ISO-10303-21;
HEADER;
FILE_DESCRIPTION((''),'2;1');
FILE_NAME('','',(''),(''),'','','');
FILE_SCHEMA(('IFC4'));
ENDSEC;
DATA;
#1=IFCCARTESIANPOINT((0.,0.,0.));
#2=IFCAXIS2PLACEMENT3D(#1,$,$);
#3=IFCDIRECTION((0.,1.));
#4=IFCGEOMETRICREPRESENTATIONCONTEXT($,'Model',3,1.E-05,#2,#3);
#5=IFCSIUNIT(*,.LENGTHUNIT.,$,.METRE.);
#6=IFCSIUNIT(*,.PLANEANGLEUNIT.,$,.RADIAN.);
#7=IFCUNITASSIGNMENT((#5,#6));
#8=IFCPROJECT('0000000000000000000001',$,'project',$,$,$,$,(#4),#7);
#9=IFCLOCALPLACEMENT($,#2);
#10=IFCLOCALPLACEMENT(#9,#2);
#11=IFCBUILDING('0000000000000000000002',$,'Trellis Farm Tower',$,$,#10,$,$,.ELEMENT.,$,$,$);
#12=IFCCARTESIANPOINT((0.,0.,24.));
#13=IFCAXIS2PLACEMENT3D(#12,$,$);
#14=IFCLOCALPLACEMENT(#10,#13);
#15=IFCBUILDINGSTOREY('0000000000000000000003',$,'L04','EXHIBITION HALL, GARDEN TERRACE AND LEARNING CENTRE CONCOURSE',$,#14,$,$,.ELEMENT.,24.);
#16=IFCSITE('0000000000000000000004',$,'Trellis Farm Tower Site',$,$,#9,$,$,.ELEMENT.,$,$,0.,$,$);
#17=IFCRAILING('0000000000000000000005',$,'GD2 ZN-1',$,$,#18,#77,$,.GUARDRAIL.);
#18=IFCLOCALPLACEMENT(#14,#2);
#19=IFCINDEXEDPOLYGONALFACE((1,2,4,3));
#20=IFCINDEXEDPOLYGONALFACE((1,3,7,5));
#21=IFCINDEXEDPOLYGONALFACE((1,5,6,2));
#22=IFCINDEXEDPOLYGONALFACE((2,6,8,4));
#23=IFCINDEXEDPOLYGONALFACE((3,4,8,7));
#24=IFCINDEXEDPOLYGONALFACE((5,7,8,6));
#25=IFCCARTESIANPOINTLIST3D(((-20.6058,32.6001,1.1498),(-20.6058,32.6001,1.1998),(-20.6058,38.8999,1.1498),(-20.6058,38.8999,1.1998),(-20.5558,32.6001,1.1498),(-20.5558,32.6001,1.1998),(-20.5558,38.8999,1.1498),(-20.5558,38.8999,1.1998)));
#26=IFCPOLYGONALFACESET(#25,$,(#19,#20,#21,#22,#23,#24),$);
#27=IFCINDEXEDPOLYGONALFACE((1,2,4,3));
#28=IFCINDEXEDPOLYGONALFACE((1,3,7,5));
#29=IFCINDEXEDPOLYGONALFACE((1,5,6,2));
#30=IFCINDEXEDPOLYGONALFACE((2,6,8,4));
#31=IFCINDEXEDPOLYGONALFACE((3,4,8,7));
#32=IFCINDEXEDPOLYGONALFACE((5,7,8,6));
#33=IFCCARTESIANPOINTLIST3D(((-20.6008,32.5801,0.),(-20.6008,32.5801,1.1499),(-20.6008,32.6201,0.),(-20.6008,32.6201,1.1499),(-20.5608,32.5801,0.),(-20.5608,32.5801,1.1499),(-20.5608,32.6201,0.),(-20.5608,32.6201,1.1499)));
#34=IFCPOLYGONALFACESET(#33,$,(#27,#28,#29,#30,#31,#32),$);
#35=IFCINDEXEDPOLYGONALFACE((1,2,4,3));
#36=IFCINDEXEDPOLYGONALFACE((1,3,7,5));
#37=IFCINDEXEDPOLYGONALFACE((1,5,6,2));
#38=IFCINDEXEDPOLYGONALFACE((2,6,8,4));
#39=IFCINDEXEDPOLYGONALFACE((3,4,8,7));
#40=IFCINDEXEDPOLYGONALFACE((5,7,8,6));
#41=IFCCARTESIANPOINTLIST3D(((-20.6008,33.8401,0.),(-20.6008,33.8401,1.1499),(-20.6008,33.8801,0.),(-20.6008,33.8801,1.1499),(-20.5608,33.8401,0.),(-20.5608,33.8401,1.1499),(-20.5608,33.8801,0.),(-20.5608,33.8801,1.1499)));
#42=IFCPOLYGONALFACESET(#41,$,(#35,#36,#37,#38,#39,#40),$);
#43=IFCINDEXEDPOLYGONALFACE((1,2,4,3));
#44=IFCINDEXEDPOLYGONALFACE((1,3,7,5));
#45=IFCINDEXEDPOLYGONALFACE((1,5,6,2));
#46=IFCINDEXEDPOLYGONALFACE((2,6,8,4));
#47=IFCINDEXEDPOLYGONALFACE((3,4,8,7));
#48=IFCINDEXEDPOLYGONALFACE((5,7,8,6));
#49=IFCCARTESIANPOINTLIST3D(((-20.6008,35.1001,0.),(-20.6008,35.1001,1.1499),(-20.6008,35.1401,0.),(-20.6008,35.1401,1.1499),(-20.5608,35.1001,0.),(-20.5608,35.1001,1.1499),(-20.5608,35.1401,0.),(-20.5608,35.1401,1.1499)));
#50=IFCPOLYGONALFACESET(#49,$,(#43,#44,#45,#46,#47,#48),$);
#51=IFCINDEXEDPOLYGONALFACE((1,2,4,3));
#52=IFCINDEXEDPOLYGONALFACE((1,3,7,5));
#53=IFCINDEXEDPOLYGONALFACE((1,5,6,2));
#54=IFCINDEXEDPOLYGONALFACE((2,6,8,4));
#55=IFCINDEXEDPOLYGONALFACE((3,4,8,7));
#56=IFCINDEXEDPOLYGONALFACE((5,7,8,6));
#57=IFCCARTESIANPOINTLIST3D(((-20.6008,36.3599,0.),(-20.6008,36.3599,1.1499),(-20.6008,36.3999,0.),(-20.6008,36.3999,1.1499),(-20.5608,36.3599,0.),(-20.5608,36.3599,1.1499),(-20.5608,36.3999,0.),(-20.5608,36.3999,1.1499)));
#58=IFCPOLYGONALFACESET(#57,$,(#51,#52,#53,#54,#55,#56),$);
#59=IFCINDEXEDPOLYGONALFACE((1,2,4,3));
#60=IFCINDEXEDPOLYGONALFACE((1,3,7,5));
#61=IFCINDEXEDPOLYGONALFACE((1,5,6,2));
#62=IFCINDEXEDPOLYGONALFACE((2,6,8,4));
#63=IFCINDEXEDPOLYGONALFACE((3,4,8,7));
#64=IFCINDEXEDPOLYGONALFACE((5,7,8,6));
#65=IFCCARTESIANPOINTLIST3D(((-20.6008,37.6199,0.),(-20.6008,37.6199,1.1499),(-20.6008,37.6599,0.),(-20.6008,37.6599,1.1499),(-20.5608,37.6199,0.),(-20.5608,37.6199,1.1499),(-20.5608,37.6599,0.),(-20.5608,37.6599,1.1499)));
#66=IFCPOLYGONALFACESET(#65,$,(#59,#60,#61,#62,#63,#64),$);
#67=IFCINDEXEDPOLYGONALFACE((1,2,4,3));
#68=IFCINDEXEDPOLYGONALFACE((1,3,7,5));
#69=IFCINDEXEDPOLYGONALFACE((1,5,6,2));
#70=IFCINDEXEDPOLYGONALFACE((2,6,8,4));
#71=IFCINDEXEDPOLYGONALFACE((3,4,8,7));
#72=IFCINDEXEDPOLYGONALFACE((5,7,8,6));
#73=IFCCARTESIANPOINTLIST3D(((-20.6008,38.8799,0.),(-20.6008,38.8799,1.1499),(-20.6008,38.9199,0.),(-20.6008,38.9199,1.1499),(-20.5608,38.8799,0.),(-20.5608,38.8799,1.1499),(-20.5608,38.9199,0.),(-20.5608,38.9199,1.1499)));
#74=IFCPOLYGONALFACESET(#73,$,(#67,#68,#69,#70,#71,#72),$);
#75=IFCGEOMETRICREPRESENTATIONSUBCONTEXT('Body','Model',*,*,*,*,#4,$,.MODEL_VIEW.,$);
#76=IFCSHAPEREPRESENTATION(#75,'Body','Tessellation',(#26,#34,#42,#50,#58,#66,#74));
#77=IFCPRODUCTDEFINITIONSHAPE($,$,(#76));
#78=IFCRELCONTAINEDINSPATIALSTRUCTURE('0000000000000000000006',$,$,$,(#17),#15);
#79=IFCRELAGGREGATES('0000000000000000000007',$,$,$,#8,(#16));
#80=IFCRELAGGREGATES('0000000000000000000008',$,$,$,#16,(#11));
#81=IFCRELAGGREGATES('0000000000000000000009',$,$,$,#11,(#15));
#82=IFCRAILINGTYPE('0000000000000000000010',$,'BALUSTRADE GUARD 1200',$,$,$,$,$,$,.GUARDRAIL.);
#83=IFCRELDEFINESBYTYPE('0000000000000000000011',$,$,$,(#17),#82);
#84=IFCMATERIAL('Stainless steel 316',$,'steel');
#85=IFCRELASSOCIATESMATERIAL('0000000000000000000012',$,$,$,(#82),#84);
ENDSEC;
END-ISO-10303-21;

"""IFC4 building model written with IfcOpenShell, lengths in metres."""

from ifc_helpers import new_model, si_unit, direction, frame, origin, origin_2d, place, context, subcontext, project, spatial, rectangle, extrude, source, transform, mapped, material, type_object, element, save


model = new_model("IFC4")

# Units and contexts
model_context = context("Model", 3, precision=1e-05, world=origin(), true_north=direction((0.0, 1.0)))
body_context = subcontext(model_context, "Body", "Model", "MODEL_VIEW")
ifc_project = project(units=[si_unit("LENGTHUNIT", "METRE"), si_unit("PLANEANGLEUNIT", "RADIAN")], contexts=[model_context])

# Site, building, storey
site_placement = place(None, origin())
site = spatial("IfcSite", under=ifc_project, at=site_placement, Name="Trellis Farm Tower Site", CompositionType="ELEMENT", RefElevation=0.0)
building_placement = place(site_placement, origin())
building = spatial("IfcBuilding", under=site, at=building_placement, Name="Trellis Farm Tower", CompositionType="ELEMENT")
storey_placement = place(building_placement, frame((0.0, 0.0, 24.0)))
storey = spatial("IfcBuildingStorey", under=building, at=storey_placement, Name="L04", Description="EXHIBITION HALL, GARDEN TERRACE AND LEARNING CENTRE CONCOURSE", CompositionType="ELEMENT", Elevation=24.0)

# Railing
ifc_material_1 = material(Name="Stainless steel 316", Category="steel")
railing_type_1 = type_object("IfcRailingType", Name="BALUSTRADE GUARD 1200", PredefinedType="GUARDRAIL", material=ifc_material_1)
shared_shape_1 = source(origin(), body_context, "Body", "SweptSolid", [
    extrude(rectangle(XDim=0.05, YDim=0.05, at=origin_2d()), frame((0.0, 0.0, 1.1748), z_axis=(0.0, 1.0, 0.0), x_axis=(-1.0, 0.0, 0.0)), (0.0, 0.0, 1.0), 6.2998),
    extrude(rectangle(XDim=0.04, YDim=0.04, at=origin_2d()), origin(), (0.0, 0.0, 1.0), 1.1499),
    extrude(rectangle(XDim=0.04, YDim=0.04, at=origin_2d()), frame((0.0, 1.26, 0.0)), (0.0, 0.0, 1.0), 1.1499),
    extrude(rectangle(XDim=0.04, YDim=0.04, at=origin_2d()), frame((0.0, 2.52, 0.0)), (0.0, 0.0, 1.0), 1.1499),
    extrude(rectangle(XDim=0.04, YDim=0.04, at=origin_2d()), frame((0.0, 3.7798, 0.0)), (0.0, 0.0, 1.0), 1.1499),
    extrude(rectangle(XDim=0.04, YDim=0.04, at=origin_2d()), frame((0.0, 5.0398, 0.0)), (0.0, 0.0, 1.0), 1.1499),
    extrude(rectangle(XDim=0.04, YDim=0.04, at=origin_2d()), frame((0.0, 6.2998, 0.0)), (0.0, 0.0, 1.0), 1.1499),
])
railing_1_placement = place(storey_placement, frame((-20.5808, 32.6001, 0.0)))
element("IfcRailing", 1, at=railing_1_placement, inside=storey, type_object=railing_type_1, Name="GD2 ZN-1", PredefinedType="GUARDRAIL", context=body_context, shape_type="MappedRepresentation", body=[
    mapped(shared_shape_1, transform((0.0, 0.0, 0.0))),
])

save(model, "model.ifc")
